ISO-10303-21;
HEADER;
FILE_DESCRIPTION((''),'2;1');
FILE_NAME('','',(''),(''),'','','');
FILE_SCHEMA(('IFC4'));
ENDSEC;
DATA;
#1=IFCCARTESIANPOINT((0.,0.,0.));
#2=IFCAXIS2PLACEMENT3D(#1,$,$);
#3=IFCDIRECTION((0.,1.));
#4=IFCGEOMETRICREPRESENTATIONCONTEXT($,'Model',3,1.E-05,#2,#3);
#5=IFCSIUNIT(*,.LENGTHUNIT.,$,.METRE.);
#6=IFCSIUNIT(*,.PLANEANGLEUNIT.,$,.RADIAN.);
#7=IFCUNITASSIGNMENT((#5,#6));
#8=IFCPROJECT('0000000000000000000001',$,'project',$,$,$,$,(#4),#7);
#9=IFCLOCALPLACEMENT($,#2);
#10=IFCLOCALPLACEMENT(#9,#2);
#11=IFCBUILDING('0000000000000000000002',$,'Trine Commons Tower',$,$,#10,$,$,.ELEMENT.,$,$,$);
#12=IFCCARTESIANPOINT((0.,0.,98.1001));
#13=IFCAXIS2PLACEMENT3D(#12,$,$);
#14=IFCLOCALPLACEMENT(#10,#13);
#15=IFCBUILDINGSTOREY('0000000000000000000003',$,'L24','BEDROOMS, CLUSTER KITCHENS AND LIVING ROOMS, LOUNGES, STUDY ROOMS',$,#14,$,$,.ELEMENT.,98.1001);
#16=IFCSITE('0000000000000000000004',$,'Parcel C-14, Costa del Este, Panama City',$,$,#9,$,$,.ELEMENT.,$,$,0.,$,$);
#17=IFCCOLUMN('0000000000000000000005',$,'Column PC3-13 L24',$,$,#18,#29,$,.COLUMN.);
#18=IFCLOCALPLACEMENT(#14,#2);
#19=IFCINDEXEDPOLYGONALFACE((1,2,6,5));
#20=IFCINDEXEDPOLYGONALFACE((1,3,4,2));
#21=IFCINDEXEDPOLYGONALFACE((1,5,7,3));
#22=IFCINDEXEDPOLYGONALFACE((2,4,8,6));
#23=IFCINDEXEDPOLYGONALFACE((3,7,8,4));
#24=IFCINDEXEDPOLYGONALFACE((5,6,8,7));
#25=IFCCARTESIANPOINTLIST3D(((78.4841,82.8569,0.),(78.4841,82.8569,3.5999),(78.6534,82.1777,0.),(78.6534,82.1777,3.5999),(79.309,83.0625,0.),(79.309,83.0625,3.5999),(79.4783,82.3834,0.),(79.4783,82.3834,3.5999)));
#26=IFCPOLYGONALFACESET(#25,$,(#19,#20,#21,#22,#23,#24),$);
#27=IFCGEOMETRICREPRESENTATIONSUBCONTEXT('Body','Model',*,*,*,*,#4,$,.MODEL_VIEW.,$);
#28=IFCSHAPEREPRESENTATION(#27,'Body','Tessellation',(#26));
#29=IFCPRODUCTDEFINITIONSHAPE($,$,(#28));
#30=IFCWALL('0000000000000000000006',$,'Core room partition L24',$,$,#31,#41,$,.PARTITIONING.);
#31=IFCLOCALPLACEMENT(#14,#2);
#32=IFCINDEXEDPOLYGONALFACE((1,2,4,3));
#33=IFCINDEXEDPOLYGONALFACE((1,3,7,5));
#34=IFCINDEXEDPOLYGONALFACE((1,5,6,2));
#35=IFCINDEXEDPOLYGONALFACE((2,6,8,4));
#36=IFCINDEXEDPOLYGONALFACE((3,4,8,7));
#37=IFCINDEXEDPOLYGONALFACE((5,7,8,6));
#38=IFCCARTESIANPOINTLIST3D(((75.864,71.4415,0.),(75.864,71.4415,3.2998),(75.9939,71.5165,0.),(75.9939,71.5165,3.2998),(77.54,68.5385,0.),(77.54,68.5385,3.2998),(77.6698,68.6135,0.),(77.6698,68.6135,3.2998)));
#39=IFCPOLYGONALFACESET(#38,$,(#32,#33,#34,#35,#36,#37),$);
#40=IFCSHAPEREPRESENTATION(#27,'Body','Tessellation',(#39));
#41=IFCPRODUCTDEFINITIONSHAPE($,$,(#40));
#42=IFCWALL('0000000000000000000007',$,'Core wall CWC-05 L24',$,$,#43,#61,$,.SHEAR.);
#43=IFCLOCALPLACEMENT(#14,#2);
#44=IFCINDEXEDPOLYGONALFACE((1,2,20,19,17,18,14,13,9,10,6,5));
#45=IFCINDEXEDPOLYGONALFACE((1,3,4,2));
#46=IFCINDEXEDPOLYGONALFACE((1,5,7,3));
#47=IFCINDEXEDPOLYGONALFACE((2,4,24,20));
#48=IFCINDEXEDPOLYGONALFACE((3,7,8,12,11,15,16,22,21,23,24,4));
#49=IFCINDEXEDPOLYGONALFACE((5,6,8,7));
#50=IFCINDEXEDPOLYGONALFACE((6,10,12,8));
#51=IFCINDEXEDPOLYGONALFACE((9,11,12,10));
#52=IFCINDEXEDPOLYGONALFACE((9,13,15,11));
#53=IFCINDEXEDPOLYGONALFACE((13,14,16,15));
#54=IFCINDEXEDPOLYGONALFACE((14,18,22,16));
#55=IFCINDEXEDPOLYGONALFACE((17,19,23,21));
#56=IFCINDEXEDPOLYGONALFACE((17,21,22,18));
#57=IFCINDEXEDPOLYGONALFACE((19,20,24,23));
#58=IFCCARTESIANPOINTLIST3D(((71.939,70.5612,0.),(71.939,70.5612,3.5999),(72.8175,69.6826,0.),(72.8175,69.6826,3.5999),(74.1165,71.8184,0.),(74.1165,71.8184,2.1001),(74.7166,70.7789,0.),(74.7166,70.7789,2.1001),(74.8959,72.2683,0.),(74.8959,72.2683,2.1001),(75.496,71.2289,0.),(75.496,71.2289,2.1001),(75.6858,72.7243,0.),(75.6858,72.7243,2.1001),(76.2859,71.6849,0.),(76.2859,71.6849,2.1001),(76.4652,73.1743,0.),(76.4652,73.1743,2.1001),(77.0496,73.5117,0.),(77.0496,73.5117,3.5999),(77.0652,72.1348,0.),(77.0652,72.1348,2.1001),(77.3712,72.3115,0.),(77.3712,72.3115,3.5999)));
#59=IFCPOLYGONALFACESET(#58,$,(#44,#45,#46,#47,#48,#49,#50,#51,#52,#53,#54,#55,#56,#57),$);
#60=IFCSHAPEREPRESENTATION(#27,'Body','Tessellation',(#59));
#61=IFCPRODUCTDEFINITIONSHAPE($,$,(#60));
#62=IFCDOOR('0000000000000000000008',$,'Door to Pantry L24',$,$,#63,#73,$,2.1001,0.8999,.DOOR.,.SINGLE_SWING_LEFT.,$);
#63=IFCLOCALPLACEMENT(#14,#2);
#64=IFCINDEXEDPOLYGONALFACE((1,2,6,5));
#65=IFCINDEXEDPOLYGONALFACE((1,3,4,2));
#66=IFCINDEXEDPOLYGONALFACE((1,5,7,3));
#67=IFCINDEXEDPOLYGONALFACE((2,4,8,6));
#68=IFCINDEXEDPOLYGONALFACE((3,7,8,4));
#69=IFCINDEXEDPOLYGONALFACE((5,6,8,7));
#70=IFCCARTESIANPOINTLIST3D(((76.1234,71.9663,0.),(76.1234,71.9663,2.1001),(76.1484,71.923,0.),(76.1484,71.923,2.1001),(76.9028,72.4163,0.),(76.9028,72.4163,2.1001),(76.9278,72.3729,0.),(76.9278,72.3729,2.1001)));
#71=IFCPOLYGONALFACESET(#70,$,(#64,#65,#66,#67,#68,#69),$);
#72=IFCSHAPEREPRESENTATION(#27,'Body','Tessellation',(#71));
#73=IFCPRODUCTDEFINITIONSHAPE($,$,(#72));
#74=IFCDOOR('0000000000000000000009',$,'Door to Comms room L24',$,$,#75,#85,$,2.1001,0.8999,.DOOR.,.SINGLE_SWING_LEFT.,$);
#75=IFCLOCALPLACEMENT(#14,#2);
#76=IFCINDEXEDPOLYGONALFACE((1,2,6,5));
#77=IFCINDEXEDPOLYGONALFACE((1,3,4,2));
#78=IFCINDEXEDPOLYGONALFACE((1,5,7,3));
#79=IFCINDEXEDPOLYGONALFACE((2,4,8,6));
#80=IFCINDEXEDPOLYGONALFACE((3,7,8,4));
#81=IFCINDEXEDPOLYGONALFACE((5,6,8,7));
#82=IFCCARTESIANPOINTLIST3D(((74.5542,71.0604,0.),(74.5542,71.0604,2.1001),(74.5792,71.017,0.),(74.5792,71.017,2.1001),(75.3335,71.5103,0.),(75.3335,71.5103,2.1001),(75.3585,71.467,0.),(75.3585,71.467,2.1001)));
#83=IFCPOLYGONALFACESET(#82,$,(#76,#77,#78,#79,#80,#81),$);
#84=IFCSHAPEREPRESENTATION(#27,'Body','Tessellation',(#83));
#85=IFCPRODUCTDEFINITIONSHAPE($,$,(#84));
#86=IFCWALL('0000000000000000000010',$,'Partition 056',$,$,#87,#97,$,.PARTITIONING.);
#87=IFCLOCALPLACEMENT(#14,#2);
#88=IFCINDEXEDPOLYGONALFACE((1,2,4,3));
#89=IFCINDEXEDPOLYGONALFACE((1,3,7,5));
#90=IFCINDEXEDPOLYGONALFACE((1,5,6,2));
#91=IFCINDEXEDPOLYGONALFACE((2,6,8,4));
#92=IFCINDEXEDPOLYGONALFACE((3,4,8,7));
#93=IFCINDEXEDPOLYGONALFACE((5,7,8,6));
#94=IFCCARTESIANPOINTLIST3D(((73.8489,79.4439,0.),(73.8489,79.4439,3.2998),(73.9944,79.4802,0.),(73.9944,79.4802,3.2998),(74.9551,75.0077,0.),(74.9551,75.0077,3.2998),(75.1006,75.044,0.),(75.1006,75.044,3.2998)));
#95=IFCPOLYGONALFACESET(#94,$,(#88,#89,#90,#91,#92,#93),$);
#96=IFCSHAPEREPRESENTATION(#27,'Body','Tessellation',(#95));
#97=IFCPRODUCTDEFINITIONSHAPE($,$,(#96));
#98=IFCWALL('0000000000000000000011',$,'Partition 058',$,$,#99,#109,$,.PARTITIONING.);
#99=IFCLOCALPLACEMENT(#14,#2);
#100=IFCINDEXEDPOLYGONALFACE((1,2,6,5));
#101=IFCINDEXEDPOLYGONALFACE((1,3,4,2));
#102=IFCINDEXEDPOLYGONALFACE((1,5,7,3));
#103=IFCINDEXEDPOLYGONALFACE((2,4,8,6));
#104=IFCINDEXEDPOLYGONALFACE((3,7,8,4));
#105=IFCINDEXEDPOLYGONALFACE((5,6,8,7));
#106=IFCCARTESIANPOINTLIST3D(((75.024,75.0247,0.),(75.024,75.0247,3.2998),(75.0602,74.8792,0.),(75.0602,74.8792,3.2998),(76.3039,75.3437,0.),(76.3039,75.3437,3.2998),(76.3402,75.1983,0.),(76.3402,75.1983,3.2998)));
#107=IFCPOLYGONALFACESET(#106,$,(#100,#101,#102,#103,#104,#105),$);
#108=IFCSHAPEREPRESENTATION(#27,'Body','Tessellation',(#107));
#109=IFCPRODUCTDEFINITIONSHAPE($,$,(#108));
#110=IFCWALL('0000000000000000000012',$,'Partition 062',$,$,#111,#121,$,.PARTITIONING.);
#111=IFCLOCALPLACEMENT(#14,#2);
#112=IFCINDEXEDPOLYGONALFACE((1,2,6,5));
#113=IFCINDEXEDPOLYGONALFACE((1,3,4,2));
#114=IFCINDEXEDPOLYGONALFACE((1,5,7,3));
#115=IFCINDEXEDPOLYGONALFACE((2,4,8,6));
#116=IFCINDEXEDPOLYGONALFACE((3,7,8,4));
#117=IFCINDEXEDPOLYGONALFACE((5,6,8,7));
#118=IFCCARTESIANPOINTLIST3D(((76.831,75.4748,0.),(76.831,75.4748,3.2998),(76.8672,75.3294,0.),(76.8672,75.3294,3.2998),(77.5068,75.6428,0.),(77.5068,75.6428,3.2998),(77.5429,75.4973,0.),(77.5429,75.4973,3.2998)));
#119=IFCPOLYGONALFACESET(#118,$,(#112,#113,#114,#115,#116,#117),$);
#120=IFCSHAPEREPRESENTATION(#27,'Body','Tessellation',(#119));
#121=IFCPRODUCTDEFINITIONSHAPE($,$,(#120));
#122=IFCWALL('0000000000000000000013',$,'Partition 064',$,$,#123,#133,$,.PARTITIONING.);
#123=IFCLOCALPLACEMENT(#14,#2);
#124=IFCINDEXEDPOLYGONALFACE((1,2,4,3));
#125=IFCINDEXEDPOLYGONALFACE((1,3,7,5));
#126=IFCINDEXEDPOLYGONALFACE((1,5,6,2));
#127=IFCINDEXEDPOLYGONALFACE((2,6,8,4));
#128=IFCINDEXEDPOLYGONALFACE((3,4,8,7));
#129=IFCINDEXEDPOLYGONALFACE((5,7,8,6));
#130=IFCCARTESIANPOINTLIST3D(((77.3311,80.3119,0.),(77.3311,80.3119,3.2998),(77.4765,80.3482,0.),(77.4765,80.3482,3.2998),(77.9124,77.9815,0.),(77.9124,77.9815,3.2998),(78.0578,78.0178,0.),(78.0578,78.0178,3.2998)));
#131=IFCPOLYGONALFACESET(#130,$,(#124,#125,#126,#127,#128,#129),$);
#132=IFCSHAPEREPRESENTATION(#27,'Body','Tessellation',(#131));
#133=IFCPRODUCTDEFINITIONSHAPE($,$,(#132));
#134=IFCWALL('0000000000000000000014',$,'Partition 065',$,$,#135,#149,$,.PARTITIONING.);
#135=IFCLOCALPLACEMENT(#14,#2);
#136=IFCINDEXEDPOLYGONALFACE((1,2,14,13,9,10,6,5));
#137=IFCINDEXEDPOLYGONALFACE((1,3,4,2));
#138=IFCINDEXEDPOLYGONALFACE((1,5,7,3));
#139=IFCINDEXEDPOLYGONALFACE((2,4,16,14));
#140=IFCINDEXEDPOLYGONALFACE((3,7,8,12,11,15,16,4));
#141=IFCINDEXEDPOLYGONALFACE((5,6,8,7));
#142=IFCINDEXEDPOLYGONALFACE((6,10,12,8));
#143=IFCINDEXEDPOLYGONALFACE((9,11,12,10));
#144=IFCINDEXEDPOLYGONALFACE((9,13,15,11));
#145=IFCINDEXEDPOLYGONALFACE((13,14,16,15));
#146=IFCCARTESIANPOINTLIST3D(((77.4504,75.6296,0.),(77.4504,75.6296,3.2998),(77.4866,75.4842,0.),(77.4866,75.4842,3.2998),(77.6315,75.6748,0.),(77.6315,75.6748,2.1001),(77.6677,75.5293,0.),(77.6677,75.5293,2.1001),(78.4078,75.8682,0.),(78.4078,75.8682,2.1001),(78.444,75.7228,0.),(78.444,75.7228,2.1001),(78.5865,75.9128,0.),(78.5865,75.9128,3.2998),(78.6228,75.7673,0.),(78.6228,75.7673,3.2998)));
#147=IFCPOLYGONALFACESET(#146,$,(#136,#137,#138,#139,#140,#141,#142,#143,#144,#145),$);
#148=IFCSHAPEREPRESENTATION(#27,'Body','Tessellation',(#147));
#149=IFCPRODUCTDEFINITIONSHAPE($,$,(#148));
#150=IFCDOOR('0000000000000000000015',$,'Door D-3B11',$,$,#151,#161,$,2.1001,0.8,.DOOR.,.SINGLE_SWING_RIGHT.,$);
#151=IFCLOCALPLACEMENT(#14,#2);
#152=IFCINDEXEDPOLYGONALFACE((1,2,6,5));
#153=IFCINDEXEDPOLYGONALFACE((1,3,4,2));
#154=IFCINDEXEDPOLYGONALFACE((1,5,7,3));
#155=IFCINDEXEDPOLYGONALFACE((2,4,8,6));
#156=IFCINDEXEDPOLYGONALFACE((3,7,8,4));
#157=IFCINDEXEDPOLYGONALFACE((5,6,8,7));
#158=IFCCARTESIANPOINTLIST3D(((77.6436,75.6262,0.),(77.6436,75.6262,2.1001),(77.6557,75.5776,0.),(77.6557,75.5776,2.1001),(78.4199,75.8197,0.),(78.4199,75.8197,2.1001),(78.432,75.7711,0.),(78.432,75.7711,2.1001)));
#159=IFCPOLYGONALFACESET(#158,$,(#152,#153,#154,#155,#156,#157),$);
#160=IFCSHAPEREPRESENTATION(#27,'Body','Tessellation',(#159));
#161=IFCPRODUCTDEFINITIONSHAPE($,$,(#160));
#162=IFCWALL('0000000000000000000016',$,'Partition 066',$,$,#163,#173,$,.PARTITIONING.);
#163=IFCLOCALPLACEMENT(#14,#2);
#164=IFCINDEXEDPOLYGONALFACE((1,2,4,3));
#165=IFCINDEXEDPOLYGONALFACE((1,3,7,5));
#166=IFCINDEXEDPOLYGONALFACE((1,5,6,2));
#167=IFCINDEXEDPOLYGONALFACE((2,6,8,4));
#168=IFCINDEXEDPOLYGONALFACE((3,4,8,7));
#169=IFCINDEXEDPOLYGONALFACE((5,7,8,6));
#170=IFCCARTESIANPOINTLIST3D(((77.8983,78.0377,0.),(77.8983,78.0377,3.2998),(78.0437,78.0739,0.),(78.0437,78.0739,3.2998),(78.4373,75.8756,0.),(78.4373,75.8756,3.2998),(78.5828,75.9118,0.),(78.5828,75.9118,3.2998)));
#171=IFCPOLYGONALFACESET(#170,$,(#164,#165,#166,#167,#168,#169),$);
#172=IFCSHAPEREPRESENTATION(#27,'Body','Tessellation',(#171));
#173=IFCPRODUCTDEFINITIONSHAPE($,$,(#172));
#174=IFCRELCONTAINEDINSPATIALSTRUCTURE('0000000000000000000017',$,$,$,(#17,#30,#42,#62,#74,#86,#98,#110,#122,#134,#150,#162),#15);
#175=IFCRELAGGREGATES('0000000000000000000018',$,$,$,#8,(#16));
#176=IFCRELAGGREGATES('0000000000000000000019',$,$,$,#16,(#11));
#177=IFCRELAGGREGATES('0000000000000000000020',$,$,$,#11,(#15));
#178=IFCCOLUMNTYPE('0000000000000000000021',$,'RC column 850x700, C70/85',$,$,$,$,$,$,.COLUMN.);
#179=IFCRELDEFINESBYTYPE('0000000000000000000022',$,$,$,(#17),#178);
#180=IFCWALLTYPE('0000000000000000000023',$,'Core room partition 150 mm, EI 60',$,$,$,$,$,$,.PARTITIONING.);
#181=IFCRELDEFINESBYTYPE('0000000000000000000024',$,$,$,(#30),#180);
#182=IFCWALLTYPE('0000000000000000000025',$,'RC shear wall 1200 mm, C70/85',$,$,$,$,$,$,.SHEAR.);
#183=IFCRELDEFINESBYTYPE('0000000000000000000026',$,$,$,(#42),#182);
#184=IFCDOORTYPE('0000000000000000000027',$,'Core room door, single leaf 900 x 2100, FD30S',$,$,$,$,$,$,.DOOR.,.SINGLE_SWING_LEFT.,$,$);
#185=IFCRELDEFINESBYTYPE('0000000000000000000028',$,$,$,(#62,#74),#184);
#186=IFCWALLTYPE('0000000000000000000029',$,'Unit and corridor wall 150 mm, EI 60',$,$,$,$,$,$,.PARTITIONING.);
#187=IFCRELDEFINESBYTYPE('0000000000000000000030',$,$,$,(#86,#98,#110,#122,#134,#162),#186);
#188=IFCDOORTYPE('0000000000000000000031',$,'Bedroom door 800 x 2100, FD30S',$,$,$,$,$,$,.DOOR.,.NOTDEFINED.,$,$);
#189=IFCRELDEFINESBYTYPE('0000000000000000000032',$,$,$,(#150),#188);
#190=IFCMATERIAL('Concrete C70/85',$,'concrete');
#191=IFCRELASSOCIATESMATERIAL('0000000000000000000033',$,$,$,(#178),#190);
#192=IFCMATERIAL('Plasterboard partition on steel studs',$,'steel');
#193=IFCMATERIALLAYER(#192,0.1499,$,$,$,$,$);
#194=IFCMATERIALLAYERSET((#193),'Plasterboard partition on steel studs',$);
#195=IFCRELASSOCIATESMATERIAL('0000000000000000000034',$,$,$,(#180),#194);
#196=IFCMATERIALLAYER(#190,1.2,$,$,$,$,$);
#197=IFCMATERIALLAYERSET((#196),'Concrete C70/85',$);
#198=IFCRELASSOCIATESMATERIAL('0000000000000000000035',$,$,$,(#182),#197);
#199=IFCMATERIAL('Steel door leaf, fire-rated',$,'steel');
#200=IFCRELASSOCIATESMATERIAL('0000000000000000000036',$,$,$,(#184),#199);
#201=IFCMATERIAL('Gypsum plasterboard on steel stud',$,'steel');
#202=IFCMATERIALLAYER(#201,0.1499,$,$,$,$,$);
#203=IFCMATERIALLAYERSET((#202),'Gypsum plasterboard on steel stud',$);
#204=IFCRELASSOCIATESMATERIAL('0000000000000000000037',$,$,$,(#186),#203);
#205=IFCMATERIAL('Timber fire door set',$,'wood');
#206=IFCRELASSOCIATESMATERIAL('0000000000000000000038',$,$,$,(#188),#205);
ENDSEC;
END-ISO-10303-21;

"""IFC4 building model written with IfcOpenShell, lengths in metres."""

from ifc_helpers import new_model, si_unit, direction, frame, frame_2d, origin, origin_2d, place, context, subcontext, project, spatial, polyline, rectangle, outline, extrude, material, layer, layer_set, material_profile, profile_set, type_object, element, fill, save


model = new_model("IFC4")

# Units and contexts
model_context = context("Model", 3, precision=1e-05, world=origin(), true_north=direction((0.0, 1.0)))
body_context = subcontext(model_context, "Body", "Model", "MODEL_VIEW")
ifc_project = project(units=[si_unit("LENGTHUNIT", "METRE"), si_unit("PLANEANGLEUNIT", "RADIAN")], contexts=[model_context])

# Site, building, storey
site_placement = place(None, origin())
site = spatial("IfcSite", under=ifc_project, at=site_placement, Name="Parcel C-14, Costa del Este, Panama City", CompositionType="ELEMENT", RefElevation=0.0)
building_placement = place(site_placement, origin())
building = spatial("IfcBuilding", under=site, at=building_placement, Name="Trine Commons Tower", CompositionType="ELEMENT")
storey_placement = place(building_placement, frame((0.0, 0.0, 98.1001)))
storey = spatial("IfcBuildingStorey", under=building, at=storey_placement, Name="L24", Description="BEDROOMS, CLUSTER KITCHENS AND LIVING ROOMS, LOUNGES, STUDY ROOMS", CompositionType="ELEMENT", Elevation=98.1001)

# Column
ifc_material_1 = material(Name="Concrete C70/85", Category="concrete")
ifc_material_profile = material_profile(ifc_material_1, rectangle(XDim=0.8501, YDim=0.7, at=origin_2d()), Name="RC 850x700")
ifc_profile_set = profile_set([ifc_material_profile], Name="Concrete C70/85")
column_type = type_object("IfcColumnType", Name="RC column 850x700, C70/85", PredefinedType="COLUMN", material=ifc_profile_set)
column_placement = place(storey_placement, frame((78.9812, 82.6201, 0.0), z_axis=(0.0, 0.0, 1.0), x_axis=(0.970296, 0.241922, 0.0)))
element("IfcColumn", 1, at=column_placement, inside=storey, type_object=column_type, Name="Column PC3-13 L24", PredefinedType="COLUMN", context=body_context, shape_type="SweptSolid", body=[
    extrude(rectangle(XDim=0.8501, YDim=0.7, at=origin_2d()), origin(), (0.0, 0.0, 1.0), 3.5999),
])

# Wall
ifc_material_2 = material(Name="Plasterboard partition on steel studs", Category="steel")
ifc_layer_1 = layer(ifc_material_2, 0.1499)
ifc_layer_set_1 = layer_set([ifc_layer_1], Name="Plasterboard partition on steel studs")
wall_type_1 = type_object("IfcWallType", Name="Core room partition 150 mm, EI 60", PredefinedType="PARTITIONING", material=ifc_layer_set_1)
wall_1_placement = place(storey_placement, frame((75.929, 71.479, 0.0), z_axis=(0.0, 0.0, 1.0), x_axis=(0.499985, -0.866034, 0.0)))
element("IfcWall", 2, at=wall_1_placement, inside=storey, type_object=wall_type_1, Name="Core room partition L24", PredefinedType="PARTITIONING", context=body_context, shape_type="SweptSolid", body=[
    extrude(rectangle(XDim=3.3521, YDim=0.1499, at=frame_2d((1.676, 0.0))), origin(), (0.0, 0.0, 1.0), 3.2998),
])

# Wall, openings, doors
ifc_layer_2 = layer(ifc_material_1, 1.2)
ifc_layer_set_2 = layer_set([ifc_layer_2], Name="Concrete C70/85")
wall_type_2 = type_object("IfcWallType", Name="RC shear wall 1200 mm, C70/85", PredefinedType="SHEAR", material=ifc_layer_set_2)
wall_2_placement = place(storey_placement, frame((77.3496, 72.9919, 0.0), z_axis=(0.0, 0.0, 1.0), x_axis=(-0.866037, -0.499979, 0.0)))
wall_2 = element("IfcWall", 3, at=wall_2_placement, inside=storey, type_object=wall_type_2, Name="Core wall CWC-05 L24", PredefinedType="SHEAR", context=body_context, shape_type="SweptSolid", body=[
    extrude(outline(polyline([(0.0, -0.6001), (5.9011, -0.6001), (5.5796, 0.6001), (0.3215, 0.6001), (0.0, -0.6001)])), origin(), (0.0, 0.0, 1.0), 3.5999),
])
opening_1_placement = place(wall_2_placement, frame((0.6748, 0.0, 0.0)))
opening_1 = element("IfcOpeningElement", 4, at=opening_1_placement, cuts=wall_2, PredefinedType="OPENING", context=body_context, shape_type="SweptSolid", body=[
    extrude(rectangle(XDim=0.8999, YDim=2.1001, at=frame_2d((0.45, 1.05))), frame((0.0, 0.6099, 0.0), z_axis=(0.0, -1.0, 0.0), x_axis=(1.0, 0.0, 0.0)), (0.0, 0.0, 1.0), 1.22),
])
opening_2_placement = place(wall_2_placement, frame((2.4868, 0.0, 0.0)))
opening_2 = element("IfcOpeningElement", 5, at=opening_2_placement, cuts=wall_2, PredefinedType="OPENING", context=body_context, shape_type="SweptSolid", body=[
    extrude(rectangle(XDim=0.8999, YDim=2.1001, at=frame_2d((0.45, 1.05))), frame((0.0, 0.6099, 0.0), z_axis=(0.0, -1.0, 0.0), x_axis=(1.0, 0.0, 0.0)), (0.0, 0.0, 1.0), 1.22),
])
ifc_material_3 = material(Name="Steel door leaf, fire-rated", Category="steel")
door_type_1 = type_object("IfcDoorType", Name="Core room door, single leaf 900 x 2100, FD30S", OperationType="SINGLE_SWING_LEFT", PredefinedType="DOOR", material=ifc_material_3)
door_1_placement = place(opening_1_placement, origin())
door_1 = element("IfcDoor", 6, at=door_1_placement, inside=storey, type_object=door_type_1, Name="Door to Pantry L24", OperationType="SINGLE_SWING_LEFT", OverallHeight=2.1001, OverallWidth=0.8999, PredefinedType="DOOR", context=body_context, shape_type="SweptSolid", body=[
    extrude(rectangle(XDim=0.8999, YDim=2.1001, at=frame_2d((0.45, 1.05))), frame((0.0, 0.3252, 0.0), z_axis=(0.0, -1.0, 0.0), x_axis=(1.0, 0.0, 0.0)), (0.0, 0.0, 1.0), 0.05),
])
fill(opening_1, door_1)
door_2_placement = place(opening_2_placement, origin())
door_2 = element("IfcDoor", 7, at=door_2_placement, inside=storey, type_object=door_type_1, Name="Door to Comms room L24", OperationType="SINGLE_SWING_LEFT", OverallHeight=2.1001, OverallWidth=0.8999, PredefinedType="DOOR", context=body_context, shape_type="SweptSolid", body=[
    extrude(rectangle(XDim=0.8999, YDim=2.1001, at=frame_2d((0.45, 1.05))), frame((0.0, 0.3252, 0.0), z_axis=(0.0, -1.0, 0.0), x_axis=(1.0, 0.0, 0.0)), (0.0, 0.0, 1.0), 0.05),
])
fill(opening_2, door_2)

# Walls
ifc_material_4 = material(Name="Gypsum plasterboard on steel stud", Category="steel")
ifc_layer_3 = layer(ifc_material_4, 0.1499)
ifc_layer_set_3 = layer_set([ifc_layer_3], Name="Gypsum plasterboard on steel stud")
wall_type_3 = type_object("IfcWallType", Name="Unit and corridor wall 150 mm, EI 60", PredefinedType="PARTITIONING", material=ifc_layer_set_3)
wall_3_placement = place(storey_placement, frame((73.9216, 79.4622, 0.0), z_axis=(0.0, 0.0, 1.0), x_axis=(0.241945, -0.97029, 0.0)))
element("IfcWall", 8, at=wall_3_placement, inside=storey, type_object=wall_type_3, Name="Partition 056", PredefinedType="PARTITIONING", context=body_context, shape_type="SweptSolid", body=[
    extrude(rectangle(XDim=4.572, YDim=0.1499, at=frame_2d((2.2861, 0.0))), origin(), (0.0, 0.0, 1.0), 3.2998),
])
wall_4_placement = place(storey_placement, frame((75.042, 74.9519, 0.0), z_axis=(0.0, 0.0, 1.0), x_axis=(0.970306, 0.241882, 0.0)))
element("IfcWall", 9, at=wall_4_placement, inside=storey, type_object=wall_type_3, Name="Partition 058", PredefinedType="PARTITIONING", context=body_context, shape_type="SweptSolid", body=[
    extrude(rectangle(XDim=1.3191, YDim=0.1499, at=frame_2d((0.6597, 0.0))), origin(), (0.0, 0.0, 1.0), 3.2998),
])
wall_5_placement = place(storey_placement, frame((76.8491, 75.4021, 0.0), z_axis=(0.0, 0.0, 1.0), x_axis=(0.970472, 0.241215, 0.0)))
element("IfcWall", 10, at=wall_5_placement, inside=storey, type_object=wall_type_3, Name="Partition 062", PredefinedType="PARTITIONING", context=body_context, shape_type="SweptSolid", body=[
    extrude(rectangle(XDim=0.6963, YDim=0.1499, at=frame_2d((0.3481, 0.0))), origin(), (0.0, 0.0, 1.0), 3.2998),
])
wall_6_placement = place(storey_placement, frame((77.4038, 80.3301, 0.0), z_axis=(0.0, 0.0, 1.0), x_axis=(0.242009, -0.970274, 0.0)))
element("IfcWall", 11, at=wall_6_placement, inside=storey, type_object=wall_type_3, Name="Partition 064", PredefinedType="PARTITIONING", context=body_context, shape_type="SweptSolid", body=[
    extrude(rectangle(XDim=2.4019, YDim=0.1499, at=frame_2d((1.2009, 0.0))), origin(), (0.0, 0.0, 1.0), 3.2998),
])

# Wall, opening, door
wall_7_placement = place(storey_placement, frame((77.4685, 75.5569, 0.0), z_axis=(0.0, 0.0, 1.0), x_axis=(0.970314, 0.241849, 0.0)))
wall_7 = element("IfcWall", 12, at=wall_7_placement, inside=storey, type_object=wall_type_3, Name="Partition 065", PredefinedType="PARTITIONING", context=body_context, shape_type="SweptSolid", body=[
    extrude(rectangle(XDim=1.1709, YDim=0.1499, at=frame_2d((0.5854, 0.0))), origin(), (0.0, 0.0, 1.0), 3.2998),
])
opening_3_placement = place(wall_7_placement, frame((0.1868, 0.0, 0.0)))
opening_3 = element("IfcOpeningElement", 13, at=opening_3_placement, cuts=wall_7, PredefinedType="OPENING", context=body_context, shape_type="SweptSolid", body=[
    extrude(rectangle(XDim=0.8, YDim=2.1001, at=frame_2d((0.3999, 1.05))), frame((0.0, 0.085, 0.0), z_axis=(0.0, -1.0, 0.0), x_axis=(1.0, 0.0, 0.0)), (0.0, 0.0, 1.0), 0.1699),
])
ifc_material_5 = material(Name="Timber fire door set", Category="wood")
door_type_2 = type_object("IfcDoorType", Name="Bedroom door 800 x 2100, FD30S", OperationType="NOTDEFINED", PredefinedType="DOOR", material=ifc_material_5)
door_3_placement = place(opening_3_placement, origin())
door_3 = element("IfcDoor", 14, at=door_3_placement, inside=storey, type_object=door_type_2, Name="Door D-3B11", OperationType="SINGLE_SWING_RIGHT", OverallHeight=2.1001, OverallWidth=0.8, PredefinedType="DOOR", context=body_context, shape_type="SweptSolid", body=[
    extrude(rectangle(XDim=0.8, YDim=2.1001, at=frame_2d((0.3999, 1.05))), frame((0.0, 0.0249, 0.0), z_axis=(0.0, -1.0, 0.0), x_axis=(1.0, 0.0, 0.0)), (0.0, 0.0, 1.0), 0.05),
])
fill(opening_3, door_3)

# Wall
wall_8_placement = place(storey_placement, frame((77.9709, 78.0559, 0.0), z_axis=(0.0, 0.0, 1.0), x_axis=(0.241917, -0.970297, 0.0)))
element("IfcWall", 15, at=wall_8_placement, inside=storey, type_object=wall_type_3, Name="Partition 066", PredefinedType="PARTITIONING", context=body_context, shape_type="SweptSolid", body=[
    extrude(rectangle(XDim=2.2283, YDim=0.1499, at=frame_2d((1.1143, 0.0))), origin(), (0.0, 0.0, 1.0), 3.2998),
])

save(model, "model.ifc")
